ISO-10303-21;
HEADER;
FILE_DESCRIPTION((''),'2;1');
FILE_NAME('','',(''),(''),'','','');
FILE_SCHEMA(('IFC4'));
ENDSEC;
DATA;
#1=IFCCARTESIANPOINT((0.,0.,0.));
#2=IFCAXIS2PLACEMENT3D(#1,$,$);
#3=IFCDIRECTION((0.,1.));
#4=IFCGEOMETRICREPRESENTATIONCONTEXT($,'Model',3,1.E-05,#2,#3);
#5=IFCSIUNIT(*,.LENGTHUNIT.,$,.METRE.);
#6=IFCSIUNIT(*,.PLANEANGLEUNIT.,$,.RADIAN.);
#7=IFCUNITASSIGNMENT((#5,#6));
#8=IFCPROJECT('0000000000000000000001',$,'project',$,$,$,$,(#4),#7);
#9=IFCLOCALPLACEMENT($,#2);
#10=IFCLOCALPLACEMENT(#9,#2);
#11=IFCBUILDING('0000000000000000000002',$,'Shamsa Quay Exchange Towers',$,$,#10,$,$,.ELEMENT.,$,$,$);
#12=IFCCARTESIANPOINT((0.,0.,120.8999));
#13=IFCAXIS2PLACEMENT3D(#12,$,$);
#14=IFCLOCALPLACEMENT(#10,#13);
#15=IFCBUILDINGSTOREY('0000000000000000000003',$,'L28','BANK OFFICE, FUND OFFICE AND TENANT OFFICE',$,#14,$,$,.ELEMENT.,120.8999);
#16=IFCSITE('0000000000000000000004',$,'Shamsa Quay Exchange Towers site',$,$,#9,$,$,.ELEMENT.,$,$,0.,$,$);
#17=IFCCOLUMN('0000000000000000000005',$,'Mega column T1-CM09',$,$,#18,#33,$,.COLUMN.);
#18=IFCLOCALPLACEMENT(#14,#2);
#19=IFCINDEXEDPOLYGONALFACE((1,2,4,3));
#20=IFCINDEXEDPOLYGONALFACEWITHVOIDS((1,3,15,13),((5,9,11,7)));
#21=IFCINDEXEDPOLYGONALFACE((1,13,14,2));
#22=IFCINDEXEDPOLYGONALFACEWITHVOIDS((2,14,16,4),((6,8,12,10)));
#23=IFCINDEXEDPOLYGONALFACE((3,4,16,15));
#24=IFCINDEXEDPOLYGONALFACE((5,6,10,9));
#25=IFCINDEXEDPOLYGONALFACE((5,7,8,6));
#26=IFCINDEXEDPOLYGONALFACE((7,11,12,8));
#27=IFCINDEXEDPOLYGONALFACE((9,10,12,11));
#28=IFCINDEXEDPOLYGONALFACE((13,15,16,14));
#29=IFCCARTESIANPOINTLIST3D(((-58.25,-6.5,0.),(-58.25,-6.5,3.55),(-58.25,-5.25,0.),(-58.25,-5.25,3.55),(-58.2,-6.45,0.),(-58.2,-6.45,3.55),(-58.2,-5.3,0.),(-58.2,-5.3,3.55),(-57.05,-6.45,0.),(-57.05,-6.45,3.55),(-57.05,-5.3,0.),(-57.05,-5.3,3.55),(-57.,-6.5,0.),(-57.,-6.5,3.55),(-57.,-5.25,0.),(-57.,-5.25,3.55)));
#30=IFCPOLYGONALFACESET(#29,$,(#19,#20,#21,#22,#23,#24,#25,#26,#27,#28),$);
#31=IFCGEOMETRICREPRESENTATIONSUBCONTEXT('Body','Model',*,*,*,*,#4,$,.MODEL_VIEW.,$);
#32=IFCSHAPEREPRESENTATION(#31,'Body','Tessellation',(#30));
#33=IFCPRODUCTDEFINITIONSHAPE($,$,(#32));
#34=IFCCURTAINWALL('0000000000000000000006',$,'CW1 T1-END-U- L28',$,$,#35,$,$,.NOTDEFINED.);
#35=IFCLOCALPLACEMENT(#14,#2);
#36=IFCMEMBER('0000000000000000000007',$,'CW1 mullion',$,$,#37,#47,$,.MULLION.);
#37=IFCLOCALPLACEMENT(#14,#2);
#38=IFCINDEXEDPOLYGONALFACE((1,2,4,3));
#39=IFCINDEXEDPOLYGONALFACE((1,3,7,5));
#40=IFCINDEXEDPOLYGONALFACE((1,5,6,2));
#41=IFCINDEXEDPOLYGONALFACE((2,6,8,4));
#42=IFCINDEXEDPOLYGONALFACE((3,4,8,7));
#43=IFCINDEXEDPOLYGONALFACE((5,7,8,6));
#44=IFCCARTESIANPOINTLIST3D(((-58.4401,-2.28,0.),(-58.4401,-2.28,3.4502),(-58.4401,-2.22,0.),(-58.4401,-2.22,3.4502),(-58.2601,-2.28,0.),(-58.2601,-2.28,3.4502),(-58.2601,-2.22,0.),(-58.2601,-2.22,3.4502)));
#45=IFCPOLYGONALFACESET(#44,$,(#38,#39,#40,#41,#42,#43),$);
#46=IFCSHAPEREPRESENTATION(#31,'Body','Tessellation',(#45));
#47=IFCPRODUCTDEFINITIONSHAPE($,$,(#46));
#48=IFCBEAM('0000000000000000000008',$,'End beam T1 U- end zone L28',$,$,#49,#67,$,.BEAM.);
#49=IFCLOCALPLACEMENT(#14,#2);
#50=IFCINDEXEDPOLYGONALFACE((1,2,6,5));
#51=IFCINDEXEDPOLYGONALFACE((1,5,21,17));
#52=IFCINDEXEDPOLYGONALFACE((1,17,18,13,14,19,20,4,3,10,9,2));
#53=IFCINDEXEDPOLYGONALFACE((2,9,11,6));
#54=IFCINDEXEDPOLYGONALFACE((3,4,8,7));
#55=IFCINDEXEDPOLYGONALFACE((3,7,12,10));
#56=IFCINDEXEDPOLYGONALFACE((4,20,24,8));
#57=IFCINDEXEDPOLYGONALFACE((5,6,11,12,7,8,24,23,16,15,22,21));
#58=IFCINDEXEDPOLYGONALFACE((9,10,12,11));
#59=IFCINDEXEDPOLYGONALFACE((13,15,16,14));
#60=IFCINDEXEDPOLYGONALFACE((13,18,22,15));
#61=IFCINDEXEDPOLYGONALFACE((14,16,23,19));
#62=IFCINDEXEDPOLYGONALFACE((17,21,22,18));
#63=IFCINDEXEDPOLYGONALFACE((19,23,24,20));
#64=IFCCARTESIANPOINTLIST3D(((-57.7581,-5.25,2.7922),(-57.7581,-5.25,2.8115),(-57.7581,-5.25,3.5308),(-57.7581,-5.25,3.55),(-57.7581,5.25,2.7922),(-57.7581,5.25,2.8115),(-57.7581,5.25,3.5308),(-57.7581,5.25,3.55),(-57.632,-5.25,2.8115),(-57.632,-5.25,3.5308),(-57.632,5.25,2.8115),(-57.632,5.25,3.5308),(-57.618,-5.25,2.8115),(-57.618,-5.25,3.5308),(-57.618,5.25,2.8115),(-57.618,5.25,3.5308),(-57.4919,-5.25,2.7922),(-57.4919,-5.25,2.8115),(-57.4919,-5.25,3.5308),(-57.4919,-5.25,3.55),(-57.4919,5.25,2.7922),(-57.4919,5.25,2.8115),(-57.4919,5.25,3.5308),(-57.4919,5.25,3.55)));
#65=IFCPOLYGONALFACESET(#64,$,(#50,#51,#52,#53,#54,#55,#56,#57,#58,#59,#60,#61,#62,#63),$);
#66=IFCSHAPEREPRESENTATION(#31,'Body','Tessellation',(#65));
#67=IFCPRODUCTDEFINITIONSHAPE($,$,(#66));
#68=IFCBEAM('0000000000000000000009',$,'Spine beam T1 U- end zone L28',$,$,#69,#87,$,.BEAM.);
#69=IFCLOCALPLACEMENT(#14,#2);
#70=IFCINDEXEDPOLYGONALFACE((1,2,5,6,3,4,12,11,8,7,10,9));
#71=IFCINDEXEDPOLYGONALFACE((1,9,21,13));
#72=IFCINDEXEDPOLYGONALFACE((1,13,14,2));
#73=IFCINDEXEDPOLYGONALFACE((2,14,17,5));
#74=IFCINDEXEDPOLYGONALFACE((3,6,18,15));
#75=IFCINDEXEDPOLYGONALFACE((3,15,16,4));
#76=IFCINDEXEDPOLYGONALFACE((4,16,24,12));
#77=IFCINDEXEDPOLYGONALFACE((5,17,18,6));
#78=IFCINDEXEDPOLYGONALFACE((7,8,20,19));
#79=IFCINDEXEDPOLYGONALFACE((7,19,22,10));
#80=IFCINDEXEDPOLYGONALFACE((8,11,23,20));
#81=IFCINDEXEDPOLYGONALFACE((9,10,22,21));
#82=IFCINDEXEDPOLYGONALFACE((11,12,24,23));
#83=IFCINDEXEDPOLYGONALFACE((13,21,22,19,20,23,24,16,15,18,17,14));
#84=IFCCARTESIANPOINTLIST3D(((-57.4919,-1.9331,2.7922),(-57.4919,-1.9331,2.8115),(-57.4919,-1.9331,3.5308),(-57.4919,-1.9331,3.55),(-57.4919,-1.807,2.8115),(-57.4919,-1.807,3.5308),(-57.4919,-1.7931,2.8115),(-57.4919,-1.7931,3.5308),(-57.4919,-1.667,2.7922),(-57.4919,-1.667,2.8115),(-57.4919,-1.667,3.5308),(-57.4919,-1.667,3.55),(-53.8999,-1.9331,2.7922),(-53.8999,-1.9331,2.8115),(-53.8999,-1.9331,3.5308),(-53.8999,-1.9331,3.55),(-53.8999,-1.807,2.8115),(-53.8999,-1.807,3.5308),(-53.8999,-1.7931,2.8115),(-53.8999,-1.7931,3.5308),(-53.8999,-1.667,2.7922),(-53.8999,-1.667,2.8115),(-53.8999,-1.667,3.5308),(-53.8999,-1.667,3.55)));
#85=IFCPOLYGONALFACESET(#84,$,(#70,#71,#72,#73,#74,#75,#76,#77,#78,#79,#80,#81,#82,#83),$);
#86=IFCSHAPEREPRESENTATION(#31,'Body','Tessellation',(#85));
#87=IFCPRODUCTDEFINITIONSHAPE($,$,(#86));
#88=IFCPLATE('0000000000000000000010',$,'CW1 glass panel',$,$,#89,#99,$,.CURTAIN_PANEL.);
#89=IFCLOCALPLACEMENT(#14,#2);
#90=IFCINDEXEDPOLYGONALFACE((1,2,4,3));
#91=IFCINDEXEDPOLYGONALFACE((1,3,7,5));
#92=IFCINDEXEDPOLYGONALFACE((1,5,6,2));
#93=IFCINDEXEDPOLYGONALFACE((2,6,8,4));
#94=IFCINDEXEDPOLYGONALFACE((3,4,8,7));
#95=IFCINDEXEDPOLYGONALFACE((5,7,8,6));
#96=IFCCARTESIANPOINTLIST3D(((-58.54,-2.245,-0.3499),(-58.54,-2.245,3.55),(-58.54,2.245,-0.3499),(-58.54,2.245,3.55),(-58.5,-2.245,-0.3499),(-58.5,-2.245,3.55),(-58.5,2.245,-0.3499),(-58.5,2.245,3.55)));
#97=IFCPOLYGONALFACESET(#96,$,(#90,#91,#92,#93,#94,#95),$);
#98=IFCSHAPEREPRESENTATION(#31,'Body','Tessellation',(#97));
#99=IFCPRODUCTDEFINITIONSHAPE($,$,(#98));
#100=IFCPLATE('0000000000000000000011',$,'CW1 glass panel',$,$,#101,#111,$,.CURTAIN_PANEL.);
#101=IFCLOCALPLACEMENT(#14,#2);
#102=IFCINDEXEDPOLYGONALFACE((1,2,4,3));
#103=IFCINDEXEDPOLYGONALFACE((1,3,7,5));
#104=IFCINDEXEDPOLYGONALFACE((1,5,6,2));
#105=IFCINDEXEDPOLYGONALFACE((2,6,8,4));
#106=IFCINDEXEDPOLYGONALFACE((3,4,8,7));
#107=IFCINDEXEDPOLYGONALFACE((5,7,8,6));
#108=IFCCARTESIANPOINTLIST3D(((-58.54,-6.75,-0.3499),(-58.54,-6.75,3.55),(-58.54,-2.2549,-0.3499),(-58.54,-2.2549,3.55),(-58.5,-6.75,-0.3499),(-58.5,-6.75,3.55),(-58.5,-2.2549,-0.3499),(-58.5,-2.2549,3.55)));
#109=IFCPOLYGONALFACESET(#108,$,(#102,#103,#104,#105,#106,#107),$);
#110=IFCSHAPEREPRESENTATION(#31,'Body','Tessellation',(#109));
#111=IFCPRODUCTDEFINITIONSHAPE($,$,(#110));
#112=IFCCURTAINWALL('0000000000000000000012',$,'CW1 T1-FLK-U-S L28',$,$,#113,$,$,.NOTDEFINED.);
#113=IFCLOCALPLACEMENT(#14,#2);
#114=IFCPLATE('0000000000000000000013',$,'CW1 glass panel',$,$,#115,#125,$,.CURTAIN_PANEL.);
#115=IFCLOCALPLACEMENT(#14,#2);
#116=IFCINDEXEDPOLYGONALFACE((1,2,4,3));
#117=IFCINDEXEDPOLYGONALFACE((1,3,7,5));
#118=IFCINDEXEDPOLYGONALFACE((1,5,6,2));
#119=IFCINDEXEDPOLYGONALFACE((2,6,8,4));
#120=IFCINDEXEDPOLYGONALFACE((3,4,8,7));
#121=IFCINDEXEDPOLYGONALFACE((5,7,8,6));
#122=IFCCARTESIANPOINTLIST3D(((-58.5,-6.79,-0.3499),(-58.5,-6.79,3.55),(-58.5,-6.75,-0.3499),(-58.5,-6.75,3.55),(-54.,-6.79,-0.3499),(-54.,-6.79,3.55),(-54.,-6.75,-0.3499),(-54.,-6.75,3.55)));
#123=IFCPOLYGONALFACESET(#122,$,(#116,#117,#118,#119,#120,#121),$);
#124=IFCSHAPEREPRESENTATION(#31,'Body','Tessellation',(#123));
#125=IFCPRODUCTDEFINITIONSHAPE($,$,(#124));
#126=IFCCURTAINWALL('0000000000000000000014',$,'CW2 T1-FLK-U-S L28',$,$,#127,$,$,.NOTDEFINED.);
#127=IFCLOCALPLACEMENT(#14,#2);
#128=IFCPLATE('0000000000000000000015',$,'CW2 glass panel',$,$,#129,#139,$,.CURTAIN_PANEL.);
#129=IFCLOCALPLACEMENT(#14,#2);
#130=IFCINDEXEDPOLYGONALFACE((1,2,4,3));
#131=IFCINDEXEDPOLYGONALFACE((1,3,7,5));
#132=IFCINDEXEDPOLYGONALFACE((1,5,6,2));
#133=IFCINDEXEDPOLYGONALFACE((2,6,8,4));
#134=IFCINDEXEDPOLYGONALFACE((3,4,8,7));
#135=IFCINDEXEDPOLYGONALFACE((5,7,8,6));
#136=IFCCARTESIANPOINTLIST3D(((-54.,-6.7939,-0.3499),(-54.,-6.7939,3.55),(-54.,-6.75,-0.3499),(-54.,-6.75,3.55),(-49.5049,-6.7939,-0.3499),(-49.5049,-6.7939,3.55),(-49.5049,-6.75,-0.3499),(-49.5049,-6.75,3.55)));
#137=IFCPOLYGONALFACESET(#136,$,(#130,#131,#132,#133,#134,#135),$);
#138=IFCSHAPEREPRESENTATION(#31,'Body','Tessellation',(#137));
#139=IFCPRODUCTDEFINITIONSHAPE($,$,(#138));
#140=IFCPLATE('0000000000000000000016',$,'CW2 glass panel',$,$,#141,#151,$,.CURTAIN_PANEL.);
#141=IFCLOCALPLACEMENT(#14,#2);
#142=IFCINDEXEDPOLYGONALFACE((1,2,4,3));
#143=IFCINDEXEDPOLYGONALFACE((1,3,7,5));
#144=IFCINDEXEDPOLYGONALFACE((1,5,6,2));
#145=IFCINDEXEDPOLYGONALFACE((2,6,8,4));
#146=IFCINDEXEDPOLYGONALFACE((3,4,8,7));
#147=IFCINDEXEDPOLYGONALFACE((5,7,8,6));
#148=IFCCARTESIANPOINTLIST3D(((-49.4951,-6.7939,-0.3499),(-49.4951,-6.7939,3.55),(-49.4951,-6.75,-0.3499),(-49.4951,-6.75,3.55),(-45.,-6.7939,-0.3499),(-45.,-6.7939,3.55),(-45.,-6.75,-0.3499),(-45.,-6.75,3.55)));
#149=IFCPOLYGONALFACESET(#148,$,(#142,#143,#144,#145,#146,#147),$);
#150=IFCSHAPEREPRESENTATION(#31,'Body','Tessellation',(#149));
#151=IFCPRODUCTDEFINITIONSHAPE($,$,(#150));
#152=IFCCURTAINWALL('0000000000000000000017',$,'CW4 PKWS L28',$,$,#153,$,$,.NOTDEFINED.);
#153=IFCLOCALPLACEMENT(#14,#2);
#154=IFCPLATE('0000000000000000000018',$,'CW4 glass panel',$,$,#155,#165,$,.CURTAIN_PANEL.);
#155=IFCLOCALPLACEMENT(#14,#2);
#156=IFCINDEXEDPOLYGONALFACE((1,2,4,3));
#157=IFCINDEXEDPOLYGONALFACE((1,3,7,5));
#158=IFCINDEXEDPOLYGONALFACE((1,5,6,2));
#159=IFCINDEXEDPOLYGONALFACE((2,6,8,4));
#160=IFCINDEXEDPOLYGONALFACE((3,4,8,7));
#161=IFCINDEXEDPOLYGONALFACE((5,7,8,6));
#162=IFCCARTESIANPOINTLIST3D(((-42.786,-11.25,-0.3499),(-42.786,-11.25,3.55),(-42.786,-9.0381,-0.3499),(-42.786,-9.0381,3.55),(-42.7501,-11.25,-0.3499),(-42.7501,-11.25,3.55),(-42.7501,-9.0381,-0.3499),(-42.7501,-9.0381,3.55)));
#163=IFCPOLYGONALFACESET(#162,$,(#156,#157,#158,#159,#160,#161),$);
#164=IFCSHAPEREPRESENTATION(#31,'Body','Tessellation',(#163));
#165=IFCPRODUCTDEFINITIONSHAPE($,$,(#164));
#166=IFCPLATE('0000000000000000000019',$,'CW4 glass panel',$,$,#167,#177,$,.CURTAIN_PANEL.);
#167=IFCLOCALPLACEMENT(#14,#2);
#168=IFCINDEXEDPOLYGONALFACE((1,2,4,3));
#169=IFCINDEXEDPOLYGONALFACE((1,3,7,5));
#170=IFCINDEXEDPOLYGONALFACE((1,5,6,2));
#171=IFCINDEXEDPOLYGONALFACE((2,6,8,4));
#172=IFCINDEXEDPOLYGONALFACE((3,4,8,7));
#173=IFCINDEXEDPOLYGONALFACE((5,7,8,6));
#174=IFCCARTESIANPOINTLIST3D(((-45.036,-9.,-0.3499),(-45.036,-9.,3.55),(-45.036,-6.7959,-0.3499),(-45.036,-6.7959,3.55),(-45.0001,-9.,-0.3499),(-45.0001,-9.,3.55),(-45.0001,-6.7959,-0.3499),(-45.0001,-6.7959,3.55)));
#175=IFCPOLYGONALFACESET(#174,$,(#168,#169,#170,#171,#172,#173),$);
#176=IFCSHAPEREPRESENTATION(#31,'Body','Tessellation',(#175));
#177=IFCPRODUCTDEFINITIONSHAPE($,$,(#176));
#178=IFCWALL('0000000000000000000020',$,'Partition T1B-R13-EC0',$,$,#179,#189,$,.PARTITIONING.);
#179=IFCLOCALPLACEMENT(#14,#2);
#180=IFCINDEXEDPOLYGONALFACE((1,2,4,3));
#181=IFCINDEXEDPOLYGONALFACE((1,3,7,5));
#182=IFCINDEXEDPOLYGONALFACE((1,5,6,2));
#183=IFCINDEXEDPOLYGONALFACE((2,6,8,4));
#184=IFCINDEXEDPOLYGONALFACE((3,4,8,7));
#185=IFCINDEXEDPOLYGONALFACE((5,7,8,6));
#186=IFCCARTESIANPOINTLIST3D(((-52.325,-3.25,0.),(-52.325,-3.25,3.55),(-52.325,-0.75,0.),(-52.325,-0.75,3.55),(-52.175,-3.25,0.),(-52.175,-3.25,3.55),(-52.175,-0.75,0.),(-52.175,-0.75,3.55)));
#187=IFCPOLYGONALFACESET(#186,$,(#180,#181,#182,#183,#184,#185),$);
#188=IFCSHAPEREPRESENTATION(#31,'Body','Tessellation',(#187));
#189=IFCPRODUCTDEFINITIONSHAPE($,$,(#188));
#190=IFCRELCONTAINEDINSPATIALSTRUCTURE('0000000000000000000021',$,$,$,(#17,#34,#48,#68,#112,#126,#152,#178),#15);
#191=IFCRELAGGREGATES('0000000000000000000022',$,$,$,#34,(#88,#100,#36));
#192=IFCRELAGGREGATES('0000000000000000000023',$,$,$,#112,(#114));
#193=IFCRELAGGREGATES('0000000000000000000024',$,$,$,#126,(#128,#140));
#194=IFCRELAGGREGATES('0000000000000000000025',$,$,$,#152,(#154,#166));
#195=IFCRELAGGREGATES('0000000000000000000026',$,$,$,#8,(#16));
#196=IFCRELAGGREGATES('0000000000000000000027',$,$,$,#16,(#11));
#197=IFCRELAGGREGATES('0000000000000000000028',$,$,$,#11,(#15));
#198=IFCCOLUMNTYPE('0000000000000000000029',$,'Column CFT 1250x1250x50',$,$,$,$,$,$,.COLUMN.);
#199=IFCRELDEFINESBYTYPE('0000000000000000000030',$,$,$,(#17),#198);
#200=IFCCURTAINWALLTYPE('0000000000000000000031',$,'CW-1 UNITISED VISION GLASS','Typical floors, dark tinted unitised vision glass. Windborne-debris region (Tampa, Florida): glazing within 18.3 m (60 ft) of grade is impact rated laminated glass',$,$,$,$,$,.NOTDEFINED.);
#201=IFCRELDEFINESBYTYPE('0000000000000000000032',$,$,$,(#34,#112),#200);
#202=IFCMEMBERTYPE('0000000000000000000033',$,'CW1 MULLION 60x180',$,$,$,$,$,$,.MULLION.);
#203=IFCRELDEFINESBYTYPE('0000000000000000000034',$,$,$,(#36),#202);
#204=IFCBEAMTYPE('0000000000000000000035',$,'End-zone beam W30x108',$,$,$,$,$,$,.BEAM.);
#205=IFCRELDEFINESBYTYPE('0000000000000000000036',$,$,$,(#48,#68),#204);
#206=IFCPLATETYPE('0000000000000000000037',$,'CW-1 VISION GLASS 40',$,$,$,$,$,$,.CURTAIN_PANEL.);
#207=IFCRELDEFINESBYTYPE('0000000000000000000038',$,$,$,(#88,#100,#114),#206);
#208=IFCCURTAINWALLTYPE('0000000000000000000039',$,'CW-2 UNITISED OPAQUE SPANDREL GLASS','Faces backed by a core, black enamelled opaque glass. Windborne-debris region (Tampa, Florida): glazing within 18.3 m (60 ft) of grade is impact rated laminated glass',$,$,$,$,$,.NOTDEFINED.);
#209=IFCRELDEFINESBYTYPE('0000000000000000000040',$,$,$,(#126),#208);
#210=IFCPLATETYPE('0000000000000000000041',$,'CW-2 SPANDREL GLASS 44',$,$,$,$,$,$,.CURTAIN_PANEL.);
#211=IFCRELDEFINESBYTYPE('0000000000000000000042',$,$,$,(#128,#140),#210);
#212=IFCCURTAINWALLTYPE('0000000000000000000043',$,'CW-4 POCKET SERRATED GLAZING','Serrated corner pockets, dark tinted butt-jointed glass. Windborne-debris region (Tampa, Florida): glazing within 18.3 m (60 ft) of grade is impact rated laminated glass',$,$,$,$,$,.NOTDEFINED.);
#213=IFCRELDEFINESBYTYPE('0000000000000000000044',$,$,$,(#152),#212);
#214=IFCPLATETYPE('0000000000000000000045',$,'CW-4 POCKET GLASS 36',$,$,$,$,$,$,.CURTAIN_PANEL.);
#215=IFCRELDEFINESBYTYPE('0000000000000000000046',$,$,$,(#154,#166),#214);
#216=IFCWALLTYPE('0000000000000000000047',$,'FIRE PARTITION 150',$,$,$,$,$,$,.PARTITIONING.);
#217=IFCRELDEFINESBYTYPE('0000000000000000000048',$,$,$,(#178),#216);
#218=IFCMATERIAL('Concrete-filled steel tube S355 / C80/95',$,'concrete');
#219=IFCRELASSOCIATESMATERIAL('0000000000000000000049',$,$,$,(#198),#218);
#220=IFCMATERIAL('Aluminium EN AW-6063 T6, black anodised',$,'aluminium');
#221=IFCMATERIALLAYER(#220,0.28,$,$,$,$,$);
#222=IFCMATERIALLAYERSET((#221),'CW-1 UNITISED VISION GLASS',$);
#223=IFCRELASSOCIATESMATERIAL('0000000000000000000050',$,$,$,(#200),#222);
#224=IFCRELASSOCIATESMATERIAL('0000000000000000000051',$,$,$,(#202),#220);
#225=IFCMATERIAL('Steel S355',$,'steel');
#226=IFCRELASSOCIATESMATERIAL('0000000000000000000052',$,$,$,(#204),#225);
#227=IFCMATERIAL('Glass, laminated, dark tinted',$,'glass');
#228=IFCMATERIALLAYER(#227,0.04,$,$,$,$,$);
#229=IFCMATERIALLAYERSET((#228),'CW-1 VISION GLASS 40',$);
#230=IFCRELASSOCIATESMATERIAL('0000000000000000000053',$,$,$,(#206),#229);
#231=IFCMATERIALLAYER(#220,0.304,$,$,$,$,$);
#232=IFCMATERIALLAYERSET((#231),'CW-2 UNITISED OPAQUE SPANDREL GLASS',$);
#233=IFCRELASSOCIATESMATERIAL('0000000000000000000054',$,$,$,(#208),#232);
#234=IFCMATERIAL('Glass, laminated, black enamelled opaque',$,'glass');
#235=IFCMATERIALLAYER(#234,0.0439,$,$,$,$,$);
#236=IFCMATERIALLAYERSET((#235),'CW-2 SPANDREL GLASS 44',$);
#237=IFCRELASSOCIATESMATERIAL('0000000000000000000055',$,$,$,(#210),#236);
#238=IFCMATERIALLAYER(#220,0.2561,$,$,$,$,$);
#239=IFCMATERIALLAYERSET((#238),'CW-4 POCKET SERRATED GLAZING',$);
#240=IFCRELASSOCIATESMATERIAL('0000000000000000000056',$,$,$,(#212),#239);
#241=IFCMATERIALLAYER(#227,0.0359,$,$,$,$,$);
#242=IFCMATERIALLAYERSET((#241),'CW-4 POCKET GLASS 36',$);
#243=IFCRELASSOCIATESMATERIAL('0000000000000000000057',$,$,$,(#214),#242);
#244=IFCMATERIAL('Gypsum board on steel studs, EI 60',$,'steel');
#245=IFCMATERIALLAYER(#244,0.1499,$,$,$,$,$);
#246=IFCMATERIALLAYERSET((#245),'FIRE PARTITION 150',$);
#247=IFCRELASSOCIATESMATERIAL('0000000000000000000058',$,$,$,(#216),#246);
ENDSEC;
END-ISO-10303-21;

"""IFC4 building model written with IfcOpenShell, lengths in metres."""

from ifc_helpers import new_model, si_unit, direction, frame, frame_2d, origin, origin_2d, place, context, subcontext, project, spatial, rectangle, hollow_rectangle, i_section, extrude, material, layer, layer_set, material_profile, profile_set, type_object, element, aggregate, save


model = new_model("IFC4")

# Units and contexts
model_context = context("Model", 3, precision=1e-05, world=origin(), true_north=direction((0.0, 1.0)))
body_context = subcontext(model_context, "Body", "Model", "MODEL_VIEW")
ifc_project = project(units=[si_unit("LENGTHUNIT", "METRE"), si_unit("PLANEANGLEUNIT", "RADIAN")], contexts=[model_context])

# Site, building, storey
site_placement = place(None, origin())
site = spatial("IfcSite", under=ifc_project, at=site_placement, Name="Shamsa Quay Exchange Towers site", CompositionType="ELEMENT", RefElevation=0.0)
building_placement = place(site_placement, origin())
building = spatial("IfcBuilding", under=site, at=building_placement, Name="Shamsa Quay Exchange Towers", CompositionType="ELEMENT")
storey_placement = place(building_placement, frame((0.0, 0.0, 120.8999)))
storey = spatial("IfcBuildingStorey", under=building, at=storey_placement, Name="L28", Description="BANK OFFICE, FUND OFFICE AND TENANT OFFICE", CompositionType="ELEMENT", Elevation=120.8999)

# Column
ifc_material_1 = material(Name="Concrete-filled steel tube S355 / C80/95", Category="concrete")
ifc_material_profile_1 = material_profile(ifc_material_1, hollow_rectangle(XDim=1.25, YDim=1.25, WallThickness=0.05, at=origin_2d()), Name="CFT 1250x1250x50")
ifc_profile_set_1 = profile_set([ifc_material_profile_1], Name="Concrete-filled steel tube S355 / C80/95")
column_type = type_object("IfcColumnType", Name="Column CFT 1250x1250x50", PredefinedType="COLUMN", material=ifc_profile_set_1)
column_placement = place(storey_placement, frame((-57.625, -5.875, 0.0)))
element("IfcColumn", 1, at=column_placement, inside=storey, type_object=column_type, Name="Mega column T1-CM09", PredefinedType="COLUMN", context=body_context, shape_type="SweptSolid", body=[
    extrude(hollow_rectangle(XDim=1.25, YDim=1.25, WallThickness=0.05, at=origin_2d()), origin(), (0.0, 0.0, 1.0), 3.55),
])

# Curtain wall, member
ifc_material_2 = material(Name="Aluminium EN AW-6063 T6, black anodised", Category="aluminium")
ifc_layer_1 = layer(ifc_material_2, 0.28)
ifc_layer_set_1 = layer_set([ifc_layer_1], Name="CW-1 UNITISED VISION GLASS")
curtain_wall_type_1 = type_object("IfcCurtainWallType", Name="CW-1 UNITISED VISION GLASS", Description="Typical floors, dark tinted unitised vision glass. Windborne-debris region (Tampa, Florida): glazing within 18.3 m (60 ft) of grade is impact rated laminated glass", PredefinedType="NOTDEFINED", material=ifc_layer_set_1)
curtain_wall_1_placement = place(storey_placement, origin())
curtain_wall_1 = element("IfcCurtainWall", 2, at=curtain_wall_1_placement, inside=storey, type_object=curtain_wall_type_1, Name="CW1 T1-END-U- L28", PredefinedType="NOTDEFINED")
ifc_material_profile_2 = material_profile(ifc_material_2, rectangle(XDim=0.1799, YDim=0.0601, at=origin_2d()), Name="MU60x180")
ifc_profile_set_2 = profile_set([ifc_material_profile_2], Name="Aluminium EN AW-6063 T6, black anodised")
member_type = type_object("IfcMemberType", Name="CW1 MULLION 60x180", PredefinedType="MULLION", material=ifc_profile_set_2)
member_placement = place(storey_placement, frame((-58.3501, -2.25, 0.0)))
member = element("IfcMember", 3, at=member_placement, type_object=member_type, Name="CW1 mullion", PredefinedType="MULLION", context=body_context, shape_type="SweptSolid", body=[
    extrude(rectangle(XDim=0.1799, YDim=0.0601, at=origin_2d()), origin(), (0.0, 0.0, 1.0), 3.4502),
])

# Beams
ifc_material_3 = material(Name="Steel S355", Category="steel")
ifc_material_profile_3 = material_profile(ifc_material_3, i_section(OverallWidth=0.2661, OverallDepth=0.7578, WebThickness=0.0139, FlangeThickness=0.0193, at=origin_2d()), Name="W30x108")
ifc_profile_set_3 = profile_set([ifc_material_profile_3], Name="Steel S355")
beam_type = type_object("IfcBeamType", Name="End-zone beam W30x108", PredefinedType="BEAM", material=ifc_profile_set_3)
beam_1_placement = place(storey_placement, frame((-57.625, -5.25, 3.1711), z_axis=(0.0, 1.0, 0.0), x_axis=(-1.0, 0.0, 0.0)))
element("IfcBeam", 4, at=beam_1_placement, inside=storey, type_object=beam_type, Name="End beam T1 U- end zone L28", PredefinedType="BEAM", context=body_context, shape_type="SweptSolid", body=[
    extrude(i_section(OverallWidth=0.2661, OverallDepth=0.7578, WebThickness=0.0139, FlangeThickness=0.0193, at=origin_2d()), origin(), (0.0, 0.0, 1.0), 10.5),
])
beam_2_placement = place(storey_placement, frame((-53.8999, -1.8, 3.1711), z_axis=(-1.0, 0.0, 0.0), x_axis=(0.0, -1.0, 0.0)))
element("IfcBeam", 5, at=beam_2_placement, inside=storey, type_object=beam_type, Name="Spine beam T1 U- end zone L28", PredefinedType="BEAM", context=body_context, shape_type="SweptSolid", body=[
    extrude(i_section(OverallWidth=0.2661, OverallDepth=0.7578, WebThickness=0.0139, FlangeThickness=0.0193, at=origin_2d()), origin(), (0.0, 0.0, 1.0), 3.592),
])

# Plates
ifc_material_4 = material(Name="Glass, laminated, dark tinted", Category="glass")
ifc_layer_2 = layer(ifc_material_4, 0.04)
ifc_layer_set_2 = layer_set([ifc_layer_2], Name="CW-1 VISION GLASS 40")
plate_type_1 = type_object("IfcPlateType", Name="CW-1 VISION GLASS 40", PredefinedType="CURTAIN_PANEL", material=ifc_layer_set_2)
plate_1_placement = place(storey_placement, frame((-58.52, 0.0, -0.3499), z_axis=(0.0, 0.0, 1.0), x_axis=(0.0, -1.0, 0.0)))
plate_1 = element("IfcPlate", 6, at=plate_1_placement, type_object=plate_type_1, Name="CW1 glass panel", PredefinedType="CURTAIN_PANEL", context=body_context, shape_type="SweptSolid", body=[
    extrude(rectangle(XDim=4.49, YDim=0.04, at=origin_2d()), origin(), (0.0, 0.0, 1.0), 3.8999),
])
plate_2_placement = place(storey_placement, frame((-58.52, -4.5024, -0.3499), z_axis=(0.0, 0.0, 1.0), x_axis=(0.0, -1.0, 0.0)))
plate_2 = element("IfcPlate", 7, at=plate_2_placement, type_object=plate_type_1, Name="CW1 glass panel", PredefinedType="CURTAIN_PANEL", context=body_context, shape_type="SweptSolid", body=[
    extrude(rectangle(XDim=4.4951, YDim=0.04, at=origin_2d()), origin(), (0.0, 0.0, 1.0), 3.8999),
])
aggregate(curtain_wall_1, [plate_1, plate_2, member])

# Curtain wall, plate
curtain_wall_2_placement = place(storey_placement, origin())
curtain_wall_2 = element("IfcCurtainWall", 8, at=curtain_wall_2_placement, inside=storey, type_object=curtain_wall_type_1, Name="CW1 T1-FLK-U-S L28", PredefinedType="NOTDEFINED")
plate_3_placement = place(storey_placement, frame((-56.25, -6.77, -0.3499)))
plate_3 = element("IfcPlate", 9, at=plate_3_placement, type_object=plate_type_1, Name="CW1 glass panel", PredefinedType="CURTAIN_PANEL", context=body_context, shape_type="SweptSolid", body=[
    extrude(rectangle(XDim=4.5, YDim=0.04, at=origin_2d()), origin(), (0.0, 0.0, 1.0), 3.8999),
])
aggregate(curtain_wall_2, [plate_3])

# Curtain walls, plates
ifc_layer_3 = layer(ifc_material_2, 0.304)
ifc_layer_set_3 = layer_set([ifc_layer_3], Name="CW-2 UNITISED OPAQUE SPANDREL GLASS")
curtain_wall_type_2 = type_object("IfcCurtainWallType", Name="CW-2 UNITISED OPAQUE SPANDREL GLASS", Description="Faces backed by a core, black enamelled opaque glass. Windborne-debris region (Tampa, Florida): glazing within 18.3 m (60 ft) of grade is impact rated laminated glass", PredefinedType="NOTDEFINED", material=ifc_layer_set_3)
curtain_wall_3_placement = place(storey_placement, origin())
curtain_wall_3 = element("IfcCurtainWall", 10, at=curtain_wall_3_placement, inside=storey, type_object=curtain_wall_type_2, Name="CW2 T1-FLK-U-S L28", PredefinedType="NOTDEFINED")
ifc_material_5 = material(Name="Glass, laminated, black enamelled opaque", Category="glass")
ifc_layer_4 = layer(ifc_material_5, 0.0439)
ifc_layer_set_4 = layer_set([ifc_layer_4], Name="CW-2 SPANDREL GLASS 44")
plate_type_2 = type_object("IfcPlateType", Name="CW-2 SPANDREL GLASS 44", PredefinedType="CURTAIN_PANEL", material=ifc_layer_set_4)
plate_4_placement = place(storey_placement, frame((-51.7524, -6.772, -0.3499)))
plate_4 = element("IfcPlate", 11, at=plate_4_placement, type_object=plate_type_2, Name="CW2 glass panel", PredefinedType="CURTAIN_PANEL", context=body_context, shape_type="SweptSolid", body=[
    extrude(rectangle(XDim=4.4951, YDim=0.0439, at=origin_2d()), origin(), (0.0, 0.0, 1.0), 3.8999),
])
plate_5_placement = place(storey_placement, frame((-47.2476, -6.772, -0.3499)))
plate_5 = element("IfcPlate", 12, at=plate_5_placement, type_object=plate_type_2, Name="CW2 glass panel", PredefinedType="CURTAIN_PANEL", context=body_context, shape_type="SweptSolid", body=[
    extrude(rectangle(XDim=4.4951, YDim=0.0439, at=origin_2d()), origin(), (0.0, 0.0, 1.0), 3.8999),
])
aggregate(curtain_wall_3, [plate_4, plate_5])
ifc_layer_5 = layer(ifc_material_2, 0.2561)
ifc_layer_set_5 = layer_set([ifc_layer_5], Name="CW-4 POCKET SERRATED GLAZING")
curtain_wall_type_3 = type_object("IfcCurtainWallType", Name="CW-4 POCKET SERRATED GLAZING", Description="Serrated corner pockets, dark tinted butt-jointed glass. Windborne-debris region (Tampa, Florida): glazing within 18.3 m (60 ft) of grade is impact rated laminated glass", PredefinedType="NOTDEFINED", material=ifc_layer_set_5)
curtain_wall_4_placement = place(storey_placement, origin())
curtain_wall_4 = element("IfcCurtainWall", 13, at=curtain_wall_4_placement, inside=storey, type_object=curtain_wall_type_3, Name="CW4 PKWS L28", PredefinedType="NOTDEFINED")
ifc_layer_6 = layer(ifc_material_4, 0.0359)
ifc_layer_set_6 = layer_set([ifc_layer_6], Name="CW-4 POCKET GLASS 36")
plate_type_3 = type_object("IfcPlateType", Name="CW-4 POCKET GLASS 36", PredefinedType="CURTAIN_PANEL", material=ifc_layer_set_6)
plate_6_placement = place(storey_placement, frame((-42.7681, -10.144, -0.3499), z_axis=(0.0, 0.0, 1.0), x_axis=(0.0, -1.0, 0.0)))
plate_6 = element("IfcPlate", 14, at=plate_6_placement, type_object=plate_type_3, Name="CW4 glass panel", PredefinedType="CURTAIN_PANEL", context=body_context, shape_type="SweptSolid", body=[
    extrude(rectangle(XDim=2.2119, YDim=0.0359, at=origin_2d()), origin(), (0.0, 0.0, 1.0), 3.8999),
])
plate_7_placement = place(storey_placement, frame((-45.0181, -7.8979, -0.3499), z_axis=(0.0, 0.0, 1.0), x_axis=(0.0, -1.0, 0.0)))
plate_7 = element("IfcPlate", 15, at=plate_7_placement, type_object=plate_type_3, Name="CW4 glass panel", PredefinedType="CURTAIN_PANEL", context=body_context, shape_type="SweptSolid", body=[
    extrude(rectangle(XDim=2.2041, YDim=0.0359, at=origin_2d()), origin(), (0.0, 0.0, 1.0), 3.8999),
])
aggregate(curtain_wall_4, [plate_6, plate_7])

# Wall
ifc_material_6 = material(Name="Gypsum board on steel studs, EI 60", Category="steel")
ifc_layer_7 = layer(ifc_material_6, 0.1499)
ifc_layer_set_7 = layer_set([ifc_layer_7], Name="FIRE PARTITION 150")
wall_type_1 = type_object("IfcWallType", Name="FIRE PARTITION 150", PredefinedType="PARTITIONING", material=ifc_layer_set_7)
wall_1_placement = place(storey_placement, frame((-52.25, -3.25, 0.0), z_axis=(0.0, 0.0, 1.0), x_axis=(0.0, 1.0, 0.0)))
element("IfcWall", 16, at=wall_1_placement, inside=storey, type_object=wall_type_1, Name="Partition T1B-R13-EC0", PredefinedType="PARTITIONING", context=body_context, shape_type="SweptSolid", body=[
    extrude(rectangle(XDim=2.5, YDim=0.1499, at=frame_2d((1.25, 0.0))), origin(), (0.0, 0.0, 1.0), 3.55),
])

save(model, "model.ifc")
